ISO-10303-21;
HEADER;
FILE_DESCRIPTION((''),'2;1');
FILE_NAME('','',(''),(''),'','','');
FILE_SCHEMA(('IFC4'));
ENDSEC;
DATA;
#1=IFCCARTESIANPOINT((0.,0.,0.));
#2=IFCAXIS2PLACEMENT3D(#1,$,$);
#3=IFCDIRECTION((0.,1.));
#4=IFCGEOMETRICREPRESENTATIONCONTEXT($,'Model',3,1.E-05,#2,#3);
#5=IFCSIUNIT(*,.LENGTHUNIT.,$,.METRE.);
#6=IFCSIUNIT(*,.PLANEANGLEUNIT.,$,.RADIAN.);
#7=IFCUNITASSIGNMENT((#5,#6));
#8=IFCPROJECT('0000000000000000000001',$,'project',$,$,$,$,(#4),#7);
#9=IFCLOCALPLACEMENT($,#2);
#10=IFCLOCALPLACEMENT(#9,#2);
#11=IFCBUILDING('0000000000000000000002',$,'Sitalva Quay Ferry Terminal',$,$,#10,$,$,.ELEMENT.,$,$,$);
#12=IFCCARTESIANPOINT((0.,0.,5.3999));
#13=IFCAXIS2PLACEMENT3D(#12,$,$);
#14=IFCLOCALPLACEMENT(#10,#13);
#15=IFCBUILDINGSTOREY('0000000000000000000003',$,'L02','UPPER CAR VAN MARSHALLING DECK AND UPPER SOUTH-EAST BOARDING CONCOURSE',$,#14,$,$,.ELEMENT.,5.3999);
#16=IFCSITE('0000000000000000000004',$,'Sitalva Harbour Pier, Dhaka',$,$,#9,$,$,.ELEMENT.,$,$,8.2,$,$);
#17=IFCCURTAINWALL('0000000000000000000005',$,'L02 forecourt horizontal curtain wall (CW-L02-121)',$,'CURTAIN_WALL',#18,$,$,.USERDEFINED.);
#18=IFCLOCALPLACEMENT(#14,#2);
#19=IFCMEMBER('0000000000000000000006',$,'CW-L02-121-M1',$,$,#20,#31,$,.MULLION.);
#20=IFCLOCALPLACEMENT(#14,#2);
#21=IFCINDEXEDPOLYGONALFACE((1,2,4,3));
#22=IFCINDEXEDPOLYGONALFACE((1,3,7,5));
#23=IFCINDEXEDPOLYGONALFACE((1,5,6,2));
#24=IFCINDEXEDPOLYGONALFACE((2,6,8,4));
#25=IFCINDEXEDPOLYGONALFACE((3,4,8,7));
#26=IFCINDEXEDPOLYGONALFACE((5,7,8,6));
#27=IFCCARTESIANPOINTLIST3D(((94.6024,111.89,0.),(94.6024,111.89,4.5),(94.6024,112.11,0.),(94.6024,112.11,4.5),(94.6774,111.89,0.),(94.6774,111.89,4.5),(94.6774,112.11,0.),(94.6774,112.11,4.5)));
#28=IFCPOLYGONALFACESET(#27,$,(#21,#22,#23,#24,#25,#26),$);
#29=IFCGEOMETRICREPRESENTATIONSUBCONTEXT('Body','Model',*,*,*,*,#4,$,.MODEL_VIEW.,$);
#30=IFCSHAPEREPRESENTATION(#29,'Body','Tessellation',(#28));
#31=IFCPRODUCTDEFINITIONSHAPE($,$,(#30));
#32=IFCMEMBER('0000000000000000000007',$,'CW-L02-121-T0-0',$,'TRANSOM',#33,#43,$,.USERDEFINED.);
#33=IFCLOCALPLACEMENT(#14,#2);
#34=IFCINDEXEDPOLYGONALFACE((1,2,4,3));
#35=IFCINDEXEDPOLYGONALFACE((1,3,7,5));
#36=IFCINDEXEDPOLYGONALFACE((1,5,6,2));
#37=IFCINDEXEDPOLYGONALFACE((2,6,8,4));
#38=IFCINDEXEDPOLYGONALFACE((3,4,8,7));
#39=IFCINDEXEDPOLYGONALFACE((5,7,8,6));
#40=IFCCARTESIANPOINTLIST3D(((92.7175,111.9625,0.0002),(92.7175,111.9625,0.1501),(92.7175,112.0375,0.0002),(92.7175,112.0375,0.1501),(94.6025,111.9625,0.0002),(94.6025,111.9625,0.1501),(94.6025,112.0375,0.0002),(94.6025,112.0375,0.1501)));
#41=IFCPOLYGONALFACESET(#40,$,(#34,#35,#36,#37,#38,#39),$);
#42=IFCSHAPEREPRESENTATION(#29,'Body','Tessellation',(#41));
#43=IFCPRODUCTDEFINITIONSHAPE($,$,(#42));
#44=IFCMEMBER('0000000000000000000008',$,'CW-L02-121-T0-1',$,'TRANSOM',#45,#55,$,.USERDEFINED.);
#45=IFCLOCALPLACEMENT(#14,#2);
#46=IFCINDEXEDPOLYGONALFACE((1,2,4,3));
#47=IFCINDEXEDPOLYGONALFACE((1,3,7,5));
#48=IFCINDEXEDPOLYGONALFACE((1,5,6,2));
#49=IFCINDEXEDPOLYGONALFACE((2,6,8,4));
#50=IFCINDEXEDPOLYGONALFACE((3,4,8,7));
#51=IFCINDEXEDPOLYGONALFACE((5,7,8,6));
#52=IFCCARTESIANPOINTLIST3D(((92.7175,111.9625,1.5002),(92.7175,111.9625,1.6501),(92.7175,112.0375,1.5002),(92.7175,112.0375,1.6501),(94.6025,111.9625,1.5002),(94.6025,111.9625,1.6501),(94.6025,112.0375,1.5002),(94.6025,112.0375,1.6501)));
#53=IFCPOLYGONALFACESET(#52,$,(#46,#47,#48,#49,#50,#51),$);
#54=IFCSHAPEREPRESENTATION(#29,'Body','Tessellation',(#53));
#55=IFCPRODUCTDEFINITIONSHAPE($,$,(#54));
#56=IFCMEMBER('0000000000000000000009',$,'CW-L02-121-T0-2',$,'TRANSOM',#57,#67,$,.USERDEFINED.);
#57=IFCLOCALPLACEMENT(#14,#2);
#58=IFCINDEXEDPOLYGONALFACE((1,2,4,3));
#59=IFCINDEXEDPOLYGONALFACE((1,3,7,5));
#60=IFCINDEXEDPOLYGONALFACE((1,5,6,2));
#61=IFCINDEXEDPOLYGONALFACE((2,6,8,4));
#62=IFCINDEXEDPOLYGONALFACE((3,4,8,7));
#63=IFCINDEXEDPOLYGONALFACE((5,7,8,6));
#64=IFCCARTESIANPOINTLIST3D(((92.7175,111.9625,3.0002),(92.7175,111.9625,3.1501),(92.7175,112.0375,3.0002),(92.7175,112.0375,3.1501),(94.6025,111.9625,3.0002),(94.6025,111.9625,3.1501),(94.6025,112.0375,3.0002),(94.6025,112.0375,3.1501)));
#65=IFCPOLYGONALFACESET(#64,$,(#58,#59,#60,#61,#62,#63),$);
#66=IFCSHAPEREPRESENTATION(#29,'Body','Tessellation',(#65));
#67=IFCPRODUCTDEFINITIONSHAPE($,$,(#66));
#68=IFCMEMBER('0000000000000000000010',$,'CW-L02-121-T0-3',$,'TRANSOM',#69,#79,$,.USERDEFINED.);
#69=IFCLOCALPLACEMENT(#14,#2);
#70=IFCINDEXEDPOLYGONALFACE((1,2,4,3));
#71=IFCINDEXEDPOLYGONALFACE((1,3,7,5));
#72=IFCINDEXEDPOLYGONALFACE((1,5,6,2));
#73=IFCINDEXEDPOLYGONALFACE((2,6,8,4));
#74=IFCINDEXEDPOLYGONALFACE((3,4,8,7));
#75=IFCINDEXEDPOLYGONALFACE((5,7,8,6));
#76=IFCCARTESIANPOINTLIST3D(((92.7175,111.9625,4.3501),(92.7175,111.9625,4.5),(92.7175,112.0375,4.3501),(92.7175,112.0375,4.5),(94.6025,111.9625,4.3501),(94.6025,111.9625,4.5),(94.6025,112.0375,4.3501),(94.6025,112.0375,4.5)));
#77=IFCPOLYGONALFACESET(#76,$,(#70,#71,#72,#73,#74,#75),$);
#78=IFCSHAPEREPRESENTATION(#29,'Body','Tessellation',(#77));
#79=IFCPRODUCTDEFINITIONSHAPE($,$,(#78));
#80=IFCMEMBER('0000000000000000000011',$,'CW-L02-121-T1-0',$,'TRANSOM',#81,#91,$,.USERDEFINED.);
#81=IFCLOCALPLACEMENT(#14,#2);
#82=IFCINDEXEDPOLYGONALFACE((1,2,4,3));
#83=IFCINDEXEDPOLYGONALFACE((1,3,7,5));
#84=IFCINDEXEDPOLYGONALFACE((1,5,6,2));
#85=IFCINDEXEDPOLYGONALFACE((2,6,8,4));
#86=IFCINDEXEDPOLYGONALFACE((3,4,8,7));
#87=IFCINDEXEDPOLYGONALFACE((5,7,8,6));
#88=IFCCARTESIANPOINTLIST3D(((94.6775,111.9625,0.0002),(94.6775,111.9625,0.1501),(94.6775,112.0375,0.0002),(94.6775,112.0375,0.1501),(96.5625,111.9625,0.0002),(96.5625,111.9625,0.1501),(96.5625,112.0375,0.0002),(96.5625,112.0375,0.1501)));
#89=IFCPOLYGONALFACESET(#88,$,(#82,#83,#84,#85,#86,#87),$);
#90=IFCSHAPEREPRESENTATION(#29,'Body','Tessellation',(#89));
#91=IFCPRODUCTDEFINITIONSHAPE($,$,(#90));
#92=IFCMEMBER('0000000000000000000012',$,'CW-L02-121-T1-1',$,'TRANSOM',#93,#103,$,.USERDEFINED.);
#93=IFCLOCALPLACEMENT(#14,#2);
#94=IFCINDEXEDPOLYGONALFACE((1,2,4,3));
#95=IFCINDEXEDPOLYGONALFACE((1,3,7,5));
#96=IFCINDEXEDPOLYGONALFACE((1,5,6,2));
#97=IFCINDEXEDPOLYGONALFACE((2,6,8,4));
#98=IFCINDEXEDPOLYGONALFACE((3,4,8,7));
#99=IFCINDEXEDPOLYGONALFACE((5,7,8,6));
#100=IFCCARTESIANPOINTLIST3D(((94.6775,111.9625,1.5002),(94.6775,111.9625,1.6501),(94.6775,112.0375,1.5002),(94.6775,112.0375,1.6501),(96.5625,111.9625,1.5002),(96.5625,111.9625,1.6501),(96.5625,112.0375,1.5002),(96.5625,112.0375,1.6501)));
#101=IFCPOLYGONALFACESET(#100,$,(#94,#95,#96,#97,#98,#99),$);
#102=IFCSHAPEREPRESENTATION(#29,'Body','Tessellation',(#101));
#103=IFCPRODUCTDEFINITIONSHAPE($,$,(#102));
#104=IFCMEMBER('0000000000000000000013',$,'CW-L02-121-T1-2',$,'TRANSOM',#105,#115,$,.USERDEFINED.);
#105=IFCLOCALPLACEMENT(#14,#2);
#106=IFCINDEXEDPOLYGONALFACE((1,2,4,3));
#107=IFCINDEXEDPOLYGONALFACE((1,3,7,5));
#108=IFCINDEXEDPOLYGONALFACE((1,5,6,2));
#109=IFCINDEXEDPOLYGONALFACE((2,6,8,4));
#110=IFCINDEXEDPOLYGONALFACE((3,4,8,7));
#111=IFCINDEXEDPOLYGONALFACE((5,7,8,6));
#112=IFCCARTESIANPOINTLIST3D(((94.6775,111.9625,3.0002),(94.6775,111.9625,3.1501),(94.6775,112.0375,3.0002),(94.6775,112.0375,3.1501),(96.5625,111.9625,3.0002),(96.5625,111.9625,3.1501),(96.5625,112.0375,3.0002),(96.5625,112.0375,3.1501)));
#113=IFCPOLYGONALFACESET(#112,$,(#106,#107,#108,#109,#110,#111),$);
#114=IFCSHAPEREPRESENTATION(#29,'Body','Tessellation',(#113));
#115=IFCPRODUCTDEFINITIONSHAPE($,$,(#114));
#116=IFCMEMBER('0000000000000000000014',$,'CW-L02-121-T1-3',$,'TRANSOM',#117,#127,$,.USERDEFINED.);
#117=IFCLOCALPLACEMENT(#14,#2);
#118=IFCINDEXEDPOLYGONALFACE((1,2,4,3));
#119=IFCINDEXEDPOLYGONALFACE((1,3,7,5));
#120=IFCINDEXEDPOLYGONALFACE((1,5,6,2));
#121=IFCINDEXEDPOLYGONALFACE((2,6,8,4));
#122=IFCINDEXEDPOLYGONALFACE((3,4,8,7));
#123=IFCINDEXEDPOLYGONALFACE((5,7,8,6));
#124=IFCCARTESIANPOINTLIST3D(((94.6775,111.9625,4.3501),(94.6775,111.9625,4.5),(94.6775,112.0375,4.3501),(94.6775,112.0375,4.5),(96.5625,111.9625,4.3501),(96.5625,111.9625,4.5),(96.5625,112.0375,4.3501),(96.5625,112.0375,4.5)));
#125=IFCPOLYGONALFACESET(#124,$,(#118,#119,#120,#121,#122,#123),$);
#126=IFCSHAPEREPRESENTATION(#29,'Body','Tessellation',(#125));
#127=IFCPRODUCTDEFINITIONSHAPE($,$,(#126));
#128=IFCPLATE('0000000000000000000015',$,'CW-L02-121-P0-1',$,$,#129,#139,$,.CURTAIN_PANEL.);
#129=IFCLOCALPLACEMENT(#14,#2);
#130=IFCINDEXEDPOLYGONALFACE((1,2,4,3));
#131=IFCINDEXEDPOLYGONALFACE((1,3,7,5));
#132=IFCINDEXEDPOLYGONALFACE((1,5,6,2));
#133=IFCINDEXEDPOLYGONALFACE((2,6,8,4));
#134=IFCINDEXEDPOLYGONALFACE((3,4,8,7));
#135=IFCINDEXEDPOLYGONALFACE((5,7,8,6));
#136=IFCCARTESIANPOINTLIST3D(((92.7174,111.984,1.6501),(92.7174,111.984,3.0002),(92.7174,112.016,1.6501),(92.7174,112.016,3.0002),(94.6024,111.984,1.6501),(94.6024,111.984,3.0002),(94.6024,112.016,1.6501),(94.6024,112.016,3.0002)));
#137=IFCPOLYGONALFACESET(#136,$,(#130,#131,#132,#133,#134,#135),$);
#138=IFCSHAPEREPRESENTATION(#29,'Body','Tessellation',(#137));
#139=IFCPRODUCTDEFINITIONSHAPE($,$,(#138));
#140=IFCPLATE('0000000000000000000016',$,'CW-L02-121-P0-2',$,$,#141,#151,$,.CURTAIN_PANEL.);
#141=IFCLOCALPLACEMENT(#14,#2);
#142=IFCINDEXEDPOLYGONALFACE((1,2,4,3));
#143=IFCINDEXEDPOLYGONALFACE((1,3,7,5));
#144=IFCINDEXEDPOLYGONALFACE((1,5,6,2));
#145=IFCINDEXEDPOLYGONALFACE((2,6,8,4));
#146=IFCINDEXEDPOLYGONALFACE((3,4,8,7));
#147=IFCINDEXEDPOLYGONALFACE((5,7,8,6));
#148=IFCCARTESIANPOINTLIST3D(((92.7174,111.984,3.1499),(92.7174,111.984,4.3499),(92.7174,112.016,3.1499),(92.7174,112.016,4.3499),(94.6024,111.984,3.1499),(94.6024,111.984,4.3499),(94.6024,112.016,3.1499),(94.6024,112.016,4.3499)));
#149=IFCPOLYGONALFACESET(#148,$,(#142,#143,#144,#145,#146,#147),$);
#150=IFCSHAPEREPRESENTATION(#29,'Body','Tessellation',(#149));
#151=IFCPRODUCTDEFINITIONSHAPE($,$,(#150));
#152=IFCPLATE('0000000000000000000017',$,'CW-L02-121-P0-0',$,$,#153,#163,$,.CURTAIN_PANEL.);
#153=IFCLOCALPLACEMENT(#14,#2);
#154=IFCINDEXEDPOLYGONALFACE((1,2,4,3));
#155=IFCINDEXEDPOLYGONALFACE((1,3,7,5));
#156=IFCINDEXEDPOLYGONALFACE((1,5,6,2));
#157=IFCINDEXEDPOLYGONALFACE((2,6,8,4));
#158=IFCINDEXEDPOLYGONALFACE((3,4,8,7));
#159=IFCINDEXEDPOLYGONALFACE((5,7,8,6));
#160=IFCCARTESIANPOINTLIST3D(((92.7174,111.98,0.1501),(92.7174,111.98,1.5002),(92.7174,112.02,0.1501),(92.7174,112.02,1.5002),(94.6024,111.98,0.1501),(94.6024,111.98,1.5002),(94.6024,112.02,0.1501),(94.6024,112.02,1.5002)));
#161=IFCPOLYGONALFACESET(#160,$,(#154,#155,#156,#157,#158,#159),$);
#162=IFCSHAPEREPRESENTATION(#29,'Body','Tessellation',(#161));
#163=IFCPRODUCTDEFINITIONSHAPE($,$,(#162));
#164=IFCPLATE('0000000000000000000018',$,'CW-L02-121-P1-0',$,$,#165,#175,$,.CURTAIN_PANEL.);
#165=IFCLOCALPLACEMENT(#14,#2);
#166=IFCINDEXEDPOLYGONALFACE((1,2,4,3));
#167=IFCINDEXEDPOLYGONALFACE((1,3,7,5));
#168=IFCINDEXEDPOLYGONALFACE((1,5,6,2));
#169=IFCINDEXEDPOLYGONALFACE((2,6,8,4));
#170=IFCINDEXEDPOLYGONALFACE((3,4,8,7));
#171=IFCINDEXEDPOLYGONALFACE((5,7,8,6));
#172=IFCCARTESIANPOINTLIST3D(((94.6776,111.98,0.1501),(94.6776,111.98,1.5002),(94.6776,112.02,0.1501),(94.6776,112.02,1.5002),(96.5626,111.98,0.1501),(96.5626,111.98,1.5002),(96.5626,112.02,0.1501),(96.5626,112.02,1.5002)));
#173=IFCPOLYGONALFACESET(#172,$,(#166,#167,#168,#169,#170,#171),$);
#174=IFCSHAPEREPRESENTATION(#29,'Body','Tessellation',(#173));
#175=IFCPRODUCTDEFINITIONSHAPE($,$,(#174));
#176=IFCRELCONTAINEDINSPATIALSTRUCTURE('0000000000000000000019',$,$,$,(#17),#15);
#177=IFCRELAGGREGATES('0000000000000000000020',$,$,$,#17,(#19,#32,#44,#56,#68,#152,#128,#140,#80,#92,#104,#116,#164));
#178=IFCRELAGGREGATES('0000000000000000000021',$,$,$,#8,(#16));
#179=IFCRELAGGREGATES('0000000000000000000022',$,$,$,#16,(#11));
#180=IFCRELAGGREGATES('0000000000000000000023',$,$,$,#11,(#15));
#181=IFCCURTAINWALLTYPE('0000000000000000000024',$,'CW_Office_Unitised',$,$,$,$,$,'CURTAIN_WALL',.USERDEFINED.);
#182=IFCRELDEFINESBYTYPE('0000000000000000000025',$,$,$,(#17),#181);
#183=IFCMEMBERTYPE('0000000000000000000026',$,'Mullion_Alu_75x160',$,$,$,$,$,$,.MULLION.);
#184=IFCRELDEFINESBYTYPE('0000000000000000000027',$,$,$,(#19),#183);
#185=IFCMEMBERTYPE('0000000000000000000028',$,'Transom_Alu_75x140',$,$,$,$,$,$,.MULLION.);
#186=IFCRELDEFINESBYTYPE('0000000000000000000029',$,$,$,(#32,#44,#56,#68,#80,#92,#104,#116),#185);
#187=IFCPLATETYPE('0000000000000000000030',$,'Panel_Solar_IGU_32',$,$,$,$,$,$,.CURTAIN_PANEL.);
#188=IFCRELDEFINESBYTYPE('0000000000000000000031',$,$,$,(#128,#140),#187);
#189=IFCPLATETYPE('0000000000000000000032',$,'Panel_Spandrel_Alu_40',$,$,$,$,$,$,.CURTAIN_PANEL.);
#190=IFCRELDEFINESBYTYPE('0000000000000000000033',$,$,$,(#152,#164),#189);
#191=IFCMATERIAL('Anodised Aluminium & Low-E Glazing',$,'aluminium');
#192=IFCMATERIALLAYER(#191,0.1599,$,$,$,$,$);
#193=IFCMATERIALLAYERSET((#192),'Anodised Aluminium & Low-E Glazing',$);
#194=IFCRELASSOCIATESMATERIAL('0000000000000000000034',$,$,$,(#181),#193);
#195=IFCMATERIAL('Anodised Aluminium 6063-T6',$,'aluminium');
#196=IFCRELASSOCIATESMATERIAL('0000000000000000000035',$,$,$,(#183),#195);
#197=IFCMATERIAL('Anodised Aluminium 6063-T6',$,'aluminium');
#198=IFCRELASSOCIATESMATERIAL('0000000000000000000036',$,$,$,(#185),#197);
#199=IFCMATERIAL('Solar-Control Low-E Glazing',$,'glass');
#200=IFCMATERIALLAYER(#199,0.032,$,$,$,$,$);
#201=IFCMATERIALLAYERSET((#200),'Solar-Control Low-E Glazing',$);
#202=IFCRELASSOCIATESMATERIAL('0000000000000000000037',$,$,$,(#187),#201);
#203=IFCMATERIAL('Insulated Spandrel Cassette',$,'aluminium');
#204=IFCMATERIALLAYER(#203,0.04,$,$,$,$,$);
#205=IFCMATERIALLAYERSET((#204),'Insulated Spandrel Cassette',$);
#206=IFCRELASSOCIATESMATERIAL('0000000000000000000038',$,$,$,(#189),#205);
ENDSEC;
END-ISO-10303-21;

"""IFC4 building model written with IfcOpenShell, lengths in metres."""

from ifc_helpers import new_model, si_unit, direction, frame, origin, origin_2d, place, context, subcontext, project, spatial, rectangle, extrude, material, layer, layer_set, material_profile, profile_set, type_object, element, aggregate, save


model = new_model("IFC4")

# Units and contexts
model_context = context("Model", 3, precision=1e-05, world=origin(), true_north=direction((0.0, 1.0)))
body_context = subcontext(model_context, "Body", "Model", "MODEL_VIEW")
ifc_project = project(units=[si_unit("LENGTHUNIT", "METRE"), si_unit("PLANEANGLEUNIT", "RADIAN")], contexts=[model_context])

# Site, building, storey
site_placement = place(None, origin())
site = spatial("IfcSite", under=ifc_project, at=site_placement, Name="Sitalva Harbour Pier, Dhaka", CompositionType="ELEMENT", RefElevation=8.2)
building_placement = place(site_placement, origin())
building = spatial("IfcBuilding", under=site, at=building_placement, Name="Sitalva Quay Ferry Terminal", CompositionType="ELEMENT")
storey_placement = place(building_placement, frame((0.0, 0.0, 5.3999)))
storey = spatial("IfcBuildingStorey", under=building, at=storey_placement, Name="L02", Description="UPPER CAR VAN MARSHALLING DECK AND UPPER SOUTH-EAST BOARDING CONCOURSE", CompositionType="ELEMENT", Elevation=5.3999)

# Curtain wall, members, plates
ifc_material_1 = material(Name="Anodised Aluminium & Low-E Glazing", Category="aluminium")
ifc_layer_1 = layer(ifc_material_1, 0.1599)
ifc_layer_set_1 = layer_set([ifc_layer_1], Name="Anodised Aluminium & Low-E Glazing")
curtain_wall_type = type_object("IfcCurtainWallType", Name="CW_Office_Unitised", ElementType="CURTAIN_WALL", PredefinedType="USERDEFINED", material=ifc_layer_set_1)
curtain_wall_placement = place(storey_placement, origin())
curtain_wall = element("IfcCurtainWall", 1, at=curtain_wall_placement, inside=storey, type_object=curtain_wall_type, Name="L02 forecourt horizontal curtain wall (CW-L02-121)", ObjectType="CURTAIN_WALL", PredefinedType="USERDEFINED")
ifc_material_2 = material(Name="Anodised Aluminium 6063-T6", Category="aluminium")
ifc_material_profile_1 = material_profile(ifc_material_2, rectangle(XDim=0.075, YDim=0.22, at=origin_2d()), Name="ALU75x220")
ifc_profile_set_1 = profile_set([ifc_material_profile_1], Name="Anodised Aluminium 6063-T6")
member_type_1 = type_object("IfcMemberType", Name="Mullion_Alu_75x160", PredefinedType="MULLION", material=ifc_profile_set_1)
member_1_placement = place(storey_placement, frame((94.6399, 112.0, 0.0), z_axis=(0.0, 0.0, 1.0), x_axis=(1.0, 0.0, 0.0)))
member_1 = element("IfcMember", 2, at=member_1_placement, type_object=member_type_1, Name="CW-L02-121-M1", PredefinedType="MULLION", context=body_context, shape_type="SweptSolid", body=[
    extrude(rectangle(XDim=0.075, YDim=0.22, at=origin_2d()), origin(), (0.0, 0.0, 1.0), 4.5),
])
ifc_material_3 = material(Name="Anodised Aluminium 6063-T6", Category="aluminium")
ifc_material_profile_2 = material_profile(ifc_material_3, rectangle(XDim=0.075, YDim=0.1499, at=origin_2d()), Name="ALU75x150")
ifc_profile_set_2 = profile_set([ifc_material_profile_2], Name="Anodised Aluminium 6063-T6")
member_type_2 = type_object("IfcMemberType", Name="Transom_Alu_75x140", PredefinedType="MULLION", material=ifc_profile_set_2)
member_2_placement = place(storey_placement, frame((92.7175, 112.0, 0.0752), z_axis=(1.0, 0.0, 0.0), x_axis=(0.0, 1.0, 0.0)))
member_2 = element("IfcMember", 3, at=member_2_placement, type_object=member_type_2, Name="CW-L02-121-T0-0", ObjectType="TRANSOM", PredefinedType="USERDEFINED", context=body_context, shape_type="SweptSolid", body=[
    extrude(rectangle(XDim=0.075, YDim=0.1499, at=origin_2d()), origin(), (0.0, 0.0, 1.0), 1.885),
])
member_3_placement = place(storey_placement, frame((92.7175, 112.0, 1.5752), z_axis=(1.0, 0.0, 0.0), x_axis=(0.0, 1.0, 0.0)))
member_3 = element("IfcMember", 4, at=member_3_placement, type_object=member_type_2, Name="CW-L02-121-T0-1", ObjectType="TRANSOM", PredefinedType="USERDEFINED", context=body_context, shape_type="SweptSolid", body=[
    extrude(rectangle(XDim=0.075, YDim=0.1499, at=origin_2d()), origin(), (0.0, 0.0, 1.0), 1.885),
])
member_4_placement = place(storey_placement, frame((92.7175, 112.0, 3.0752), z_axis=(1.0, 0.0, 0.0), x_axis=(0.0, 1.0, 0.0)))
member_4 = element("IfcMember", 5, at=member_4_placement, type_object=member_type_2, Name="CW-L02-121-T0-2", ObjectType="TRANSOM", PredefinedType="USERDEFINED", context=body_context, shape_type="SweptSolid", body=[
    extrude(rectangle(XDim=0.075, YDim=0.1499, at=origin_2d()), origin(), (0.0, 0.0, 1.0), 1.885),
])
member_5_placement = place(storey_placement, frame((92.7175, 112.0, 4.425), z_axis=(1.0, 0.0, 0.0), x_axis=(0.0, 1.0, 0.0)))
member_5 = element("IfcMember", 6, at=member_5_placement, type_object=member_type_2, Name="CW-L02-121-T0-3", ObjectType="TRANSOM", PredefinedType="USERDEFINED", context=body_context, shape_type="SweptSolid", body=[
    extrude(rectangle(XDim=0.075, YDim=0.1499, at=origin_2d()), origin(), (0.0, 0.0, 1.0), 1.885),
])
member_6_placement = place(storey_placement, frame((94.6775, 112.0, 0.0752), z_axis=(1.0, 0.0, 0.0), x_axis=(0.0, 1.0, 0.0)))
member_6 = element("IfcMember", 7, at=member_6_placement, type_object=member_type_2, Name="CW-L02-121-T1-0", ObjectType="TRANSOM", PredefinedType="USERDEFINED", context=body_context, shape_type="SweptSolid", body=[
    extrude(rectangle(XDim=0.075, YDim=0.1499, at=origin_2d()), origin(), (0.0, 0.0, 1.0), 1.885),
])
member_7_placement = place(storey_placement, frame((94.6775, 112.0, 1.5752), z_axis=(1.0, 0.0, 0.0), x_axis=(0.0, 1.0, 0.0)))
member_7 = element("IfcMember", 8, at=member_7_placement, type_object=member_type_2, Name="CW-L02-121-T1-1", ObjectType="TRANSOM", PredefinedType="USERDEFINED", context=body_context, shape_type="SweptSolid", body=[
    extrude(rectangle(XDim=0.075, YDim=0.1499, at=origin_2d()), origin(), (0.0, 0.0, 1.0), 1.885),
])
member_8_placement = place(storey_placement, frame((94.6775, 112.0, 3.0752), z_axis=(1.0, 0.0, 0.0), x_axis=(0.0, 1.0, 0.0)))
member_8 = element("IfcMember", 9, at=member_8_placement, type_object=member_type_2, Name="CW-L02-121-T1-2", ObjectType="TRANSOM", PredefinedType="USERDEFINED", context=body_context, shape_type="SweptSolid", body=[
    extrude(rectangle(XDim=0.075, YDim=0.1499, at=origin_2d()), origin(), (0.0, 0.0, 1.0), 1.885),
])
member_9_placement = place(storey_placement, frame((94.6775, 112.0, 4.425), z_axis=(1.0, 0.0, 0.0), x_axis=(0.0, 1.0, 0.0)))
member_9 = element("IfcMember", 10, at=member_9_placement, type_object=member_type_2, Name="CW-L02-121-T1-3", ObjectType="TRANSOM", PredefinedType="USERDEFINED", context=body_context, shape_type="SweptSolid", body=[
    extrude(rectangle(XDim=0.075, YDim=0.1499, at=origin_2d()), origin(), (0.0, 0.0, 1.0), 1.885),
])
ifc_material_4 = material(Name="Solar-Control Low-E Glazing", Category="glass")
ifc_layer_2 = layer(ifc_material_4, 0.032)
ifc_layer_set_2 = layer_set([ifc_layer_2], Name="Solar-Control Low-E Glazing")
plate_type_1 = type_object("IfcPlateType", Name="Panel_Solar_IGU_32", PredefinedType="CURTAIN_PANEL", material=ifc_layer_set_2)
plate_1_placement = place(storey_placement, frame((93.6599, 112.0, 1.6501), z_axis=(0.0, 0.0, 1.0), x_axis=(1.0, 0.0, 0.0)))
plate_1 = element("IfcPlate", 11, at=plate_1_placement, type_object=plate_type_1, Name="CW-L02-121-P0-1", PredefinedType="CURTAIN_PANEL", context=body_context, shape_type="SweptSolid", body=[
    extrude(rectangle(XDim=1.885, YDim=0.032, at=origin_2d()), origin(), (0.0, 0.0, 1.0), 1.3501),
])
plate_2_placement = place(storey_placement, frame((93.6599, 112.0, 3.1499), z_axis=(0.0, 0.0, 1.0), x_axis=(1.0, 0.0, 0.0)))
plate_2 = element("IfcPlate", 12, at=plate_2_placement, type_object=plate_type_1, Name="CW-L02-121-P0-2", PredefinedType="CURTAIN_PANEL", context=body_context, shape_type="SweptSolid", body=[
    extrude(rectangle(XDim=1.885, YDim=0.032, at=origin_2d()), origin(), (0.0, 0.0, 1.0), 1.2),
])
ifc_material_5 = material(Name="Insulated Spandrel Cassette", Category="aluminium")
ifc_layer_3 = layer(ifc_material_5, 0.04)
ifc_layer_set_3 = layer_set([ifc_layer_3], Name="Insulated Spandrel Cassette")
plate_type_2 = type_object("IfcPlateType", Name="Panel_Spandrel_Alu_40", PredefinedType="CURTAIN_PANEL", material=ifc_layer_set_3)
plate_3_placement = place(storey_placement, frame((93.6599, 112.0, 0.1501), z_axis=(0.0, 0.0, 1.0), x_axis=(1.0, 0.0, 0.0)))
plate_3 = element("IfcPlate", 13, at=plate_3_placement, type_object=plate_type_2, Name="CW-L02-121-P0-0", PredefinedType="CURTAIN_PANEL", context=body_context, shape_type="SweptSolid", body=[
    extrude(rectangle(XDim=1.885, YDim=0.04, at=origin_2d()), origin(), (0.0, 0.0, 1.0), 1.3501),
])
plate_4_placement = place(storey_placement, frame((95.6201, 112.0, 0.1501), z_axis=(0.0, 0.0, 1.0), x_axis=(1.0, 0.0, 0.0)))
plate_4 = element("IfcPlate", 14, at=plate_4_placement, type_object=plate_type_2, Name="CW-L02-121-P1-0", PredefinedType="CURTAIN_PANEL", context=body_context, shape_type="SweptSolid", body=[
    extrude(rectangle(XDim=1.885, YDim=0.04, at=origin_2d()), origin(), (0.0, 0.0, 1.0), 1.3501),
])
aggregate(curtain_wall, [member_1, member_2, member_3, member_4, member_5, plate_3, plate_1, plate_2, member_6, member_7, member_8, member_9, plate_4])

save(model, "model.ifc")
